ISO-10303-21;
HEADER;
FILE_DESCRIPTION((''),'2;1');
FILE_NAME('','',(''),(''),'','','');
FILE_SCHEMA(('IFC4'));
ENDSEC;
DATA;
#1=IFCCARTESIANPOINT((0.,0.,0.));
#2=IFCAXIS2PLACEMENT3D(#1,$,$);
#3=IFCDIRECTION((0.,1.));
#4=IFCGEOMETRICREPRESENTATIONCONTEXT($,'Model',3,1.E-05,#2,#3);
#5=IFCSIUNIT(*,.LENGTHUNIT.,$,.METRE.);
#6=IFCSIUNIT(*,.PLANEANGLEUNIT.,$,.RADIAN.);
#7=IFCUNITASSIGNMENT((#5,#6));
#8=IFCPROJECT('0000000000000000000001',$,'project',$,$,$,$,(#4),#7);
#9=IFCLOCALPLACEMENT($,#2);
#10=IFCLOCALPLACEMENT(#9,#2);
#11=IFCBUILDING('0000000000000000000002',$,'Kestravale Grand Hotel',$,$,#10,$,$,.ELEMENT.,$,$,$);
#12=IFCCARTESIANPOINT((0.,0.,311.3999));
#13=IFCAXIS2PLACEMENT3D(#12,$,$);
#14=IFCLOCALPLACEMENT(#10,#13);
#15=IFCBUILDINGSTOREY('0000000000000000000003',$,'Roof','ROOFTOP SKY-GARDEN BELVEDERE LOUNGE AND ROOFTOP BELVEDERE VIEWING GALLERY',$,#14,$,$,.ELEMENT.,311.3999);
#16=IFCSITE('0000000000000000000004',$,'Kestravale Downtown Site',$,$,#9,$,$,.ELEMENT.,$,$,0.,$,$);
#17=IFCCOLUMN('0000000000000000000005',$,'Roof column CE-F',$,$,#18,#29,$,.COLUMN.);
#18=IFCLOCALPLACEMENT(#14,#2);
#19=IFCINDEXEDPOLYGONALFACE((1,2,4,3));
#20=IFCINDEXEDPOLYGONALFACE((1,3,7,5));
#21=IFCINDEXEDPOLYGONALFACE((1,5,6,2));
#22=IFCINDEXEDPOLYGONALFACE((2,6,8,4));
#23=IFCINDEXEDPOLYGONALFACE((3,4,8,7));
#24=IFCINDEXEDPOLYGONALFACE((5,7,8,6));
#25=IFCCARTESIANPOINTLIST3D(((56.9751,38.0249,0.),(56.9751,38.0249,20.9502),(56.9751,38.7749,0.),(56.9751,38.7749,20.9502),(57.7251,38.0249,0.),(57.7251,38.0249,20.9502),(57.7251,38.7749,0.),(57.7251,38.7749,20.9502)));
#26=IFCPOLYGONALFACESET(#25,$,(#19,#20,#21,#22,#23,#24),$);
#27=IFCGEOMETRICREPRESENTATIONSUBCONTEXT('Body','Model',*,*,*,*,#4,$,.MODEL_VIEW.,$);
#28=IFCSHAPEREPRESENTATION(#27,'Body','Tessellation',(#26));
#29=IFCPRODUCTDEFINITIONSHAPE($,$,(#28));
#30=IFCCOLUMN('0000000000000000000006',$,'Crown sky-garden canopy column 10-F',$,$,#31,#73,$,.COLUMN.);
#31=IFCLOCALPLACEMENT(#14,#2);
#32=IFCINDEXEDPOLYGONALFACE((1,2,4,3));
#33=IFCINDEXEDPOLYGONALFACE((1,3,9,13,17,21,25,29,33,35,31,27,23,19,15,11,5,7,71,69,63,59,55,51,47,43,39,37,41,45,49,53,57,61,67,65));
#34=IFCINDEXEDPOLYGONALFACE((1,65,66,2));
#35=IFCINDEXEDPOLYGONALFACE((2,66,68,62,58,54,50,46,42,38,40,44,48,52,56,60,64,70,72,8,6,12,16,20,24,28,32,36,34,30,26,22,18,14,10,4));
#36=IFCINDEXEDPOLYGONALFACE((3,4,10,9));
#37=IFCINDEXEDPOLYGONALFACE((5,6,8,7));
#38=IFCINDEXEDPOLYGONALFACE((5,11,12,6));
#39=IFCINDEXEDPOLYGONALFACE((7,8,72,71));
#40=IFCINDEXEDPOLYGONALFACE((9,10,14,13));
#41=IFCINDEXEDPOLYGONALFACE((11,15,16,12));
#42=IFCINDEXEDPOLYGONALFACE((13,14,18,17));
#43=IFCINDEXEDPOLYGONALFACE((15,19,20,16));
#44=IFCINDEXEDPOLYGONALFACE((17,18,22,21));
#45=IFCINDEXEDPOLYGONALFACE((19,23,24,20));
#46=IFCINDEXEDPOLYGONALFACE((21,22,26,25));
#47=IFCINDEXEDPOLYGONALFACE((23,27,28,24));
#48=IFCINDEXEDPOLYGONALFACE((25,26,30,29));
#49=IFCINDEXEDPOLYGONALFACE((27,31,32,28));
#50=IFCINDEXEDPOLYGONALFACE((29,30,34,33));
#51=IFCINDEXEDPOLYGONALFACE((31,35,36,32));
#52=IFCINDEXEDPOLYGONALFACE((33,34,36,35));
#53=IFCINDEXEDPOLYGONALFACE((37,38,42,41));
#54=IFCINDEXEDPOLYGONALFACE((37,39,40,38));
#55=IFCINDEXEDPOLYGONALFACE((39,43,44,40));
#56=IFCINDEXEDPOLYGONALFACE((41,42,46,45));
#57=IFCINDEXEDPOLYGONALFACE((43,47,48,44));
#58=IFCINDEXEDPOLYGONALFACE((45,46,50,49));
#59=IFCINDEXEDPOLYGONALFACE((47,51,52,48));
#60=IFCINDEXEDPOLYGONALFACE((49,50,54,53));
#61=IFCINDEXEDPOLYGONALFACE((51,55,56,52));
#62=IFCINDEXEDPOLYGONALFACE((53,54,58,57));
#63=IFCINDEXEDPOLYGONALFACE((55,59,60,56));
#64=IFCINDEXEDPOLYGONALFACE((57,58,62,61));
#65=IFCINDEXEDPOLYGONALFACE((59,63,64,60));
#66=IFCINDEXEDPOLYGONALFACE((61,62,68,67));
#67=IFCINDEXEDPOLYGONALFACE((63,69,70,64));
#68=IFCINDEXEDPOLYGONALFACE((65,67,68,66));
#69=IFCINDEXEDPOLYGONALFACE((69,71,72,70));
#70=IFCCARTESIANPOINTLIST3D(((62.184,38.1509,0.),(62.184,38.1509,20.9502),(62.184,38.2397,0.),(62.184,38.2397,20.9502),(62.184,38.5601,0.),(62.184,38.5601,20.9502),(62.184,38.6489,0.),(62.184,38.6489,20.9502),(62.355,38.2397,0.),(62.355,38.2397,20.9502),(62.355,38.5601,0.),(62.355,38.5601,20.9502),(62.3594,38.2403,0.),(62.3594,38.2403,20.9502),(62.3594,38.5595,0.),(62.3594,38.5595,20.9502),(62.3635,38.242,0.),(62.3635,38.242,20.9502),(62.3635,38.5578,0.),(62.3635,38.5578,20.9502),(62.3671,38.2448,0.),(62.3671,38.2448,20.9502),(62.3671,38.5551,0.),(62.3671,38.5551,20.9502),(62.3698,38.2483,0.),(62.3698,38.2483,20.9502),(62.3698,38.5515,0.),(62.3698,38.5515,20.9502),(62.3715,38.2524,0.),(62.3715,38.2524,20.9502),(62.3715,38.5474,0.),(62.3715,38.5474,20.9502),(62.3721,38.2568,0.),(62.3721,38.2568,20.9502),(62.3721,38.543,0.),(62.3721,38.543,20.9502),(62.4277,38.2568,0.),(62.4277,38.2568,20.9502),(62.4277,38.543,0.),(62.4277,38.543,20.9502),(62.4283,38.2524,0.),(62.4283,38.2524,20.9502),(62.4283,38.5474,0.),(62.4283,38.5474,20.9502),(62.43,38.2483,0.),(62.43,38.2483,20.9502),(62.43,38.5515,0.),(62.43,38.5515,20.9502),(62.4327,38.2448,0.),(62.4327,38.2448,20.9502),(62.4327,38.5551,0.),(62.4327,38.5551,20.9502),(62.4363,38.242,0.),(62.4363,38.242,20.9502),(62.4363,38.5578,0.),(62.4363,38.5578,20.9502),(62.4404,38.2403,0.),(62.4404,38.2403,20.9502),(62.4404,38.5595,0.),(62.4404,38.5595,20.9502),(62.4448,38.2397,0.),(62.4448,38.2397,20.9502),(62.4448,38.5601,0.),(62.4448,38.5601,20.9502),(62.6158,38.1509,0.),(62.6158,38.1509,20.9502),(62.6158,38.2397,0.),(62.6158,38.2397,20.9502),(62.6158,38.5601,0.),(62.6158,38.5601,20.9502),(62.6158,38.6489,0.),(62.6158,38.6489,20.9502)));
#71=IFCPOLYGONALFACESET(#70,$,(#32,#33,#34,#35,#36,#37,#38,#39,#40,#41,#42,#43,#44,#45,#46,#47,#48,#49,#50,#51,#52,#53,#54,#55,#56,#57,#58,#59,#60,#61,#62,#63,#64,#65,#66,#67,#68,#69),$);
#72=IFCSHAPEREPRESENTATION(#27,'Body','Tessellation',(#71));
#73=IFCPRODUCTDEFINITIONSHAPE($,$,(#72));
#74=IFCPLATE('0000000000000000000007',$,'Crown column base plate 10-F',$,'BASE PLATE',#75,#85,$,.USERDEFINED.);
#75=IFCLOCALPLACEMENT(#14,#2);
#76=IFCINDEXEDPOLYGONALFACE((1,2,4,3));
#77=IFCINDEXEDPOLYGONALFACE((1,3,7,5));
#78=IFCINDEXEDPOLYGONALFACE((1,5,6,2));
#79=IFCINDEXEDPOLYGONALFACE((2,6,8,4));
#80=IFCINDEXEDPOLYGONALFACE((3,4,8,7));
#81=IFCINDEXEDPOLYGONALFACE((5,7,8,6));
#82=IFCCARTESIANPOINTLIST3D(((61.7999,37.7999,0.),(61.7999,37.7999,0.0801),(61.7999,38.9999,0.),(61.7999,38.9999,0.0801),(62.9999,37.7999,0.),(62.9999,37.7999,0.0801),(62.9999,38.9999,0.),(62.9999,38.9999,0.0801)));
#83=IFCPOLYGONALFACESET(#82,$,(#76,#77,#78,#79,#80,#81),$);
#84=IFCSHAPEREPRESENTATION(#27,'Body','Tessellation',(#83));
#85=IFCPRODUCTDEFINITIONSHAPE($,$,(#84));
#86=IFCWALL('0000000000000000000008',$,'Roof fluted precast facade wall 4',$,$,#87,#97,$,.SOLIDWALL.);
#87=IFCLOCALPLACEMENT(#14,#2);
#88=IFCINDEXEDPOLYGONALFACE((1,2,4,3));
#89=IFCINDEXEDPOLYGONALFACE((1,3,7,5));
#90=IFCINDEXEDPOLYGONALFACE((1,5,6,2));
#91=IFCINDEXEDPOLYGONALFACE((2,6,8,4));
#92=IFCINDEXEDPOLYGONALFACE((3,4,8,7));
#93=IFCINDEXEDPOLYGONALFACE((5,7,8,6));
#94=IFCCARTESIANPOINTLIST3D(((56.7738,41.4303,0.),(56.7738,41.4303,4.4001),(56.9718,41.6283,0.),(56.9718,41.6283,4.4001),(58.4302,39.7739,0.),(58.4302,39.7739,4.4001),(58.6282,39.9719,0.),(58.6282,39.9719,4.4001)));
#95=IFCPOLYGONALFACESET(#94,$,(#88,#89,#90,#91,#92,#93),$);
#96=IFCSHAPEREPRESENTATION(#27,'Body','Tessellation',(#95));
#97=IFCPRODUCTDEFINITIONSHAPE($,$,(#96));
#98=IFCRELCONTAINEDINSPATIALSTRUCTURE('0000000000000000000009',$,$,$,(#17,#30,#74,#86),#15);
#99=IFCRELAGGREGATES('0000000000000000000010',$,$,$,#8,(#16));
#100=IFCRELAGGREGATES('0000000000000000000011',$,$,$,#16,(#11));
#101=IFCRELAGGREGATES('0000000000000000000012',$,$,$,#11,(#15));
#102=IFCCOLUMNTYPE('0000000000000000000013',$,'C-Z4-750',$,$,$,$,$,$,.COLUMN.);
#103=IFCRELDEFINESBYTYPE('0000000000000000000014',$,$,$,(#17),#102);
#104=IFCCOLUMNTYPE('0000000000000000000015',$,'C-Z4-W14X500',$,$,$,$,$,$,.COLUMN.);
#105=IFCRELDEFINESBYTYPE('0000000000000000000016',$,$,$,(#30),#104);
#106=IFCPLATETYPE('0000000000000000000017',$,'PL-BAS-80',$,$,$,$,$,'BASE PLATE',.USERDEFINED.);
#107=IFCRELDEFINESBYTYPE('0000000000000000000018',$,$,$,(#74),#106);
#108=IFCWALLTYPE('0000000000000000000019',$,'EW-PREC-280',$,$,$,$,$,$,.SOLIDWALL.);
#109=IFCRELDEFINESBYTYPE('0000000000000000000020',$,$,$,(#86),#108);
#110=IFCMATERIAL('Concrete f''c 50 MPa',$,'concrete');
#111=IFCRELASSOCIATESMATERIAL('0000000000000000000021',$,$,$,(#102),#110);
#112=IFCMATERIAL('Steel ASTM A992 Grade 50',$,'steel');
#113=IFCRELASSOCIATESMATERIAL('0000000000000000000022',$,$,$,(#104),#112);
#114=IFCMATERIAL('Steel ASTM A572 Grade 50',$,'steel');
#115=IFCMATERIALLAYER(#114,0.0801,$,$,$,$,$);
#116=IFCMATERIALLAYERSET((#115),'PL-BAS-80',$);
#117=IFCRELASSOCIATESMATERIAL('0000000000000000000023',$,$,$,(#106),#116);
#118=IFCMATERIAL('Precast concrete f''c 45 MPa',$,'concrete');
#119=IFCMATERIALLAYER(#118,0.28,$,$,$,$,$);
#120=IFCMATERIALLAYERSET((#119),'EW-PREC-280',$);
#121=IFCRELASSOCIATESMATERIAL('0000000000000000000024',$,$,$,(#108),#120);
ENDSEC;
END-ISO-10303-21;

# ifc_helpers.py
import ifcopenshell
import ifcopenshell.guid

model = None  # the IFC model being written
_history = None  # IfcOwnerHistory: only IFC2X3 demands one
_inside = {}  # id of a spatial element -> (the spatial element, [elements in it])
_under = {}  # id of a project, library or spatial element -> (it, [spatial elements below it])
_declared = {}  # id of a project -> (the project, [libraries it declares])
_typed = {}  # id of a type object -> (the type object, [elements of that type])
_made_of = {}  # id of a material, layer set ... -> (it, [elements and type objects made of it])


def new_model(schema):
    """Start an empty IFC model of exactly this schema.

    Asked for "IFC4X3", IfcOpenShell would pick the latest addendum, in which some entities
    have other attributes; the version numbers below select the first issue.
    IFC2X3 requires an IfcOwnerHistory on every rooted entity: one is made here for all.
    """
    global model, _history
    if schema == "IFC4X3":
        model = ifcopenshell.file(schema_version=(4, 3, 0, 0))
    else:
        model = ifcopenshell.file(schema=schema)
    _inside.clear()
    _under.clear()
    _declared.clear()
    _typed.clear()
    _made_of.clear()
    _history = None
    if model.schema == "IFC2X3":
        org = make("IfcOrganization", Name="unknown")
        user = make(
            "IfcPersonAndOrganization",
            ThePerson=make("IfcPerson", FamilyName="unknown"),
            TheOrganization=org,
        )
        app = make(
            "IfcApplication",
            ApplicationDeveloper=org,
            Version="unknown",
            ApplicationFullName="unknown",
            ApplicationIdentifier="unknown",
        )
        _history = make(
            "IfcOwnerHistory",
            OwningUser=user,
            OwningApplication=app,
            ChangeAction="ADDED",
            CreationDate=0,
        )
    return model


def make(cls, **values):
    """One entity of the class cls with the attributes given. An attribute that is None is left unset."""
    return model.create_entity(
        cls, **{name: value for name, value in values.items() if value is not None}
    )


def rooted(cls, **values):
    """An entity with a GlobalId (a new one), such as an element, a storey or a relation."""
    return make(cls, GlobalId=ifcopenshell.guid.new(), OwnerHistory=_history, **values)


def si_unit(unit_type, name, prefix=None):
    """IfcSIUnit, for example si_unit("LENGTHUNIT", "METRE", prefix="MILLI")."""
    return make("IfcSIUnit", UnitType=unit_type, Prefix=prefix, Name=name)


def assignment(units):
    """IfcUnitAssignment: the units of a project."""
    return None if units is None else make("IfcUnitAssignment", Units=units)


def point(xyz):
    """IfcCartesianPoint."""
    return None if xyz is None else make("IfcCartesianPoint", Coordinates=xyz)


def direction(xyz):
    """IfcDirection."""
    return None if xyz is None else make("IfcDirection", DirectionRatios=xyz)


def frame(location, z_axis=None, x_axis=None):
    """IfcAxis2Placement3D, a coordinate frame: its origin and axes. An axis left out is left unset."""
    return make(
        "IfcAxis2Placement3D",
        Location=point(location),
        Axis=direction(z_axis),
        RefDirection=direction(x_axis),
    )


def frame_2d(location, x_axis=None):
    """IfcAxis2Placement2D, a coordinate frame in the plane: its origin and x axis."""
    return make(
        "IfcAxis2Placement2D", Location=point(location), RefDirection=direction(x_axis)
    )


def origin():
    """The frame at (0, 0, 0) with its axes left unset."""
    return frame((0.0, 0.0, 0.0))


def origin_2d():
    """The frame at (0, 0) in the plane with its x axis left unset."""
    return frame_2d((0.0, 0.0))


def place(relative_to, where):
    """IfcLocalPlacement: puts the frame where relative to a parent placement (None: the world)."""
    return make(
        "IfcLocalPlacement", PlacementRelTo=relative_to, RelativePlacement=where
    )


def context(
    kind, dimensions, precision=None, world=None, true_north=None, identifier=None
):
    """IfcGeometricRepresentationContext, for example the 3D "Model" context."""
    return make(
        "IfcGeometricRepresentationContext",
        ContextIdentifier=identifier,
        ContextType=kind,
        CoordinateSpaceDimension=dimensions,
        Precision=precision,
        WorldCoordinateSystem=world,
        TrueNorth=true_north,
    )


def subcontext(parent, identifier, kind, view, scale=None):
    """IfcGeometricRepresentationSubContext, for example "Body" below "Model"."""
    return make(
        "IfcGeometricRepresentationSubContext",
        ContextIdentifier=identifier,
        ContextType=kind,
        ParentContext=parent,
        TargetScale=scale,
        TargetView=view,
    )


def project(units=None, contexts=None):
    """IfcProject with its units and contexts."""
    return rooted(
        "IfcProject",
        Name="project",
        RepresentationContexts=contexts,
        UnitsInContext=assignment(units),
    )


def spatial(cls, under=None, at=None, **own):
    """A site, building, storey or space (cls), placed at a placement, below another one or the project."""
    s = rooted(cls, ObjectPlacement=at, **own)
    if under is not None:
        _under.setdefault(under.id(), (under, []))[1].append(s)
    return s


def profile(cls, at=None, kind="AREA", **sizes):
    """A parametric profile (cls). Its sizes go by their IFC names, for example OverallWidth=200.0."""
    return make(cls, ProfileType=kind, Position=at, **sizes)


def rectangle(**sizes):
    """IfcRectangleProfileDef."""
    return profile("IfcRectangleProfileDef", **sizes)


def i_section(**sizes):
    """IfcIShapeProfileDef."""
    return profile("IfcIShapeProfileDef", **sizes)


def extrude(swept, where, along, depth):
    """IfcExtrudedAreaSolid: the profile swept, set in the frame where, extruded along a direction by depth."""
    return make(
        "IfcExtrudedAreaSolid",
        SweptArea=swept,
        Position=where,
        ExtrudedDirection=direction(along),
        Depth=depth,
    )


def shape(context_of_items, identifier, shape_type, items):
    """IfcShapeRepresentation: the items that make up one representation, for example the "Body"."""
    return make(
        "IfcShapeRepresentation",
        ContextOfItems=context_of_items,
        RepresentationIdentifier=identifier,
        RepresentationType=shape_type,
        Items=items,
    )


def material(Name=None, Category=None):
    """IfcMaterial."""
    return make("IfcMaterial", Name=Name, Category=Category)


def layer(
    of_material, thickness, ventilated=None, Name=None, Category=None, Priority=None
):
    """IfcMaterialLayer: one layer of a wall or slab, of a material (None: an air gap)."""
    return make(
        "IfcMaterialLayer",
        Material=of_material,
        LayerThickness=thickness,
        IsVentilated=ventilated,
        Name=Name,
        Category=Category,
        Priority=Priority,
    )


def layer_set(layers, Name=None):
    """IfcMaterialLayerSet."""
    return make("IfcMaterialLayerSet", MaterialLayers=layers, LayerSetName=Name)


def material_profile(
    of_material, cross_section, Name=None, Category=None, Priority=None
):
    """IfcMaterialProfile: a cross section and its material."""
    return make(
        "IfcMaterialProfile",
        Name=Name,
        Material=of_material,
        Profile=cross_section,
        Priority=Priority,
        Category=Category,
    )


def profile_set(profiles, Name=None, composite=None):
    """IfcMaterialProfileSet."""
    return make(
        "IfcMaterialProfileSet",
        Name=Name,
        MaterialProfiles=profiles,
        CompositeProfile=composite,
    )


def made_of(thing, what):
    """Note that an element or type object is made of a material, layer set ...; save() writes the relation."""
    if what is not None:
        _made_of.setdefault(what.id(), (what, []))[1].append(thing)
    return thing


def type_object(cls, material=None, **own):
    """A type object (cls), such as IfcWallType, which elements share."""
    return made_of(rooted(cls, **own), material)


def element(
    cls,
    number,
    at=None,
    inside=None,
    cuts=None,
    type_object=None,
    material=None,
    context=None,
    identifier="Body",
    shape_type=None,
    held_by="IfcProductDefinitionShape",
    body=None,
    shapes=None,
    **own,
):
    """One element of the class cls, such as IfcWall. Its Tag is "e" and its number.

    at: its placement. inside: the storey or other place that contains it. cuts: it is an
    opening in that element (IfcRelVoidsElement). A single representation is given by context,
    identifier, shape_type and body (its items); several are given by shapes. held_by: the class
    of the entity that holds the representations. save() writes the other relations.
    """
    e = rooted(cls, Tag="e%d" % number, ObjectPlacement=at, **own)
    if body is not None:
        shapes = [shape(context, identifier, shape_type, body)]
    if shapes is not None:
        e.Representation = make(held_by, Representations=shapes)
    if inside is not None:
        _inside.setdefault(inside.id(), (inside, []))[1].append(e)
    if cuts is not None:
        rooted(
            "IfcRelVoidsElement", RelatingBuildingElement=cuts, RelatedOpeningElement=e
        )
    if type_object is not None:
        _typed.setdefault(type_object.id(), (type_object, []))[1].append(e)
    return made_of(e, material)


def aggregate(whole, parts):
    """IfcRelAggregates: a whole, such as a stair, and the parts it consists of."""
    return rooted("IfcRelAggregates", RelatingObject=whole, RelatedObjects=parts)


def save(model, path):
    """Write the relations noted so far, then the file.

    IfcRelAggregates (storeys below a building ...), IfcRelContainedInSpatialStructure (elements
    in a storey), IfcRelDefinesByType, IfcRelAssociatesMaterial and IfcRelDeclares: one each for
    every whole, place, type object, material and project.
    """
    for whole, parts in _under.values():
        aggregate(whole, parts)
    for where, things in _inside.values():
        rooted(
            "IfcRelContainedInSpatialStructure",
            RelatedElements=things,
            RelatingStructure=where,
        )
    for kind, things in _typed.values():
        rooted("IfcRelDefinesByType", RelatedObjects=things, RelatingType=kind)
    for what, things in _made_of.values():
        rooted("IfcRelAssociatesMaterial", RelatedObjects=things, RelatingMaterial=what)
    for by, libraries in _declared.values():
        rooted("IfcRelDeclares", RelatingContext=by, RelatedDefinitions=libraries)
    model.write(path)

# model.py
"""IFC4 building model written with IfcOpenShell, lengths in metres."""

from ifc_helpers import new_model, si_unit, direction, frame, frame_2d, origin, origin_2d, place, context, subcontext, project, spatial, rectangle, i_section, extrude, material, layer, layer_set, material_profile, profile_set, type_object, element, save


model = new_model("IFC4")

# Units and contexts
model_context = context("Model", 3, precision=1e-05, world=origin(), true_north=direction((0.0, 1.0)))
body_context = subcontext(model_context, "Body", "Model", "MODEL_VIEW")
ifc_project = project(units=[si_unit("LENGTHUNIT", "METRE"), si_unit("PLANEANGLEUNIT", "RADIAN")], contexts=[model_context])

# Site, building, storey
site_placement = place(None, origin())
site = spatial("IfcSite", under=ifc_project, at=site_placement, Name="Kestravale Downtown Site", CompositionType="ELEMENT", RefElevation=0.0)
building_placement = place(site_placement, origin())
building = spatial("IfcBuilding", under=site, at=building_placement, Name="Kestravale Grand Hotel", CompositionType="ELEMENT")
storey_placement = place(building_placement, frame((0.0, 0.0, 311.3999)))
storey = spatial("IfcBuildingStorey", under=building, at=storey_placement, Name="Roof", Description="ROOFTOP SKY-GARDEN BELVEDERE LOUNGE AND ROOFTOP BELVEDERE VIEWING GALLERY", CompositionType="ELEMENT", Elevation=311.3999)

# Columns
ifc_material_1 = material(Name="Concrete f'c 50 MPa", Category="concrete")
ifc_material_profile_1 = material_profile(ifc_material_1, rectangle(XDim=0.75, YDim=0.75, at=origin_2d()))
ifc_profile_set_1 = profile_set([ifc_material_profile_1], Name="Concrete f'c 50 MPa")
column_type_1 = type_object("IfcColumnType", Name="C-Z4-750", PredefinedType="COLUMN", material=ifc_profile_set_1)
column_1_placement = place(storey_placement, frame((57.3501, 38.3999, 0.0), z_axis=(0.0, 0.0, 1.0), x_axis=(1.0, 0.0, 0.0)))
element("IfcColumn", 1, at=column_1_placement, inside=storey, type_object=column_type_1, Name="Roof column CE-F", PredefinedType="COLUMN", context=body_context, shape_type="SweptSolid", body=[
    extrude(rectangle(XDim=0.75, YDim=0.75, at=origin_2d()), origin(), (0.0, 0.0, 1.0), 20.9502),
])
ifc_material_2 = material(Name="Steel ASTM A992 Grade 50", Category="steel")
ifc_material_profile_2 = material_profile(ifc_material_2, i_section(OverallWidth=0.4319, OverallDepth=0.498, WebThickness=0.0557, FlangeThickness=0.0889, FilletRadius=0.0171, at=origin_2d()))
ifc_profile_set_2 = profile_set([ifc_material_profile_2], Name="Steel ASTM A992 Grade 50")
column_type_2 = type_object("IfcColumnType", Name="C-Z4-W14X500", PredefinedType="COLUMN", material=ifc_profile_set_2)
column_2_placement = place(storey_placement, frame((62.3999, 38.3999, 0.0), z_axis=(0.0, 0.0, 1.0), x_axis=(1.0, 0.0, 0.0)))
element("IfcColumn", 2, at=column_2_placement, inside=storey, type_object=column_type_2, Name="Crown sky-garden canopy column 10-F", PredefinedType="COLUMN", context=body_context, shape_type="SweptSolid", body=[
    extrude(i_section(OverallWidth=0.4319, OverallDepth=0.498, WebThickness=0.0557, FlangeThickness=0.0889, FilletRadius=0.0171, at=origin_2d()), origin(), (0.0, 0.0, 1.0), 20.9502),
])

# Plate
ifc_material_3 = material(Name="Steel ASTM A572 Grade 50", Category="steel")
ifc_layer_1 = layer(ifc_material_3, 0.0801)
ifc_layer_set_1 = layer_set([ifc_layer_1], Name="PL-BAS-80")
plate_type = type_object("IfcPlateType", Name="PL-BAS-80", ElementType="BASE PLATE", PredefinedType="USERDEFINED", material=ifc_layer_set_1)
plate_placement = place(storey_placement, frame((62.3999, 38.3999, 0.0), z_axis=(0.0, 0.0, 1.0), x_axis=(1.0, 0.0, 0.0)))
element("IfcPlate", 3, at=plate_placement, inside=storey, type_object=plate_type, Name="Crown column base plate 10-F", ObjectType="BASE PLATE", PredefinedType="USERDEFINED", context=body_context, shape_type="SweptSolid", body=[
    extrude(rectangle(XDim=1.2, YDim=1.2, at=origin_2d()), origin(), (0.0, 0.0, 1.0), 0.0801),
])

# Wall
ifc_material_4 = material(Name="Precast concrete f'c 45 MPa", Category="concrete")
ifc_layer_2 = layer(ifc_material_4, 0.28)
ifc_layer_set_2 = layer_set([ifc_layer_2], Name="EW-PREC-280")
wall_type_1 = type_object("IfcWallType", Name="EW-PREC-280", PredefinedType="SOLIDWALL", material=ifc_layer_set_2)
wall_1_placement = place(storey_placement, frame((58.5293, 39.8728, 0.0), z_axis=(0.0, 0.0, 1.0), x_axis=(-0.707107, 0.707107, 0.0)))
element("IfcWall", 4, at=wall_1_placement, inside=storey, type_object=wall_type_1, Name="Roof fluted precast facade wall 4", PredefinedType="SOLIDWALL", context=body_context, shape_type="SweptSolid", body=[
    extrude(rectangle(XDim=2.3425, YDim=0.28, at=frame_2d((1.1714, 0.0))), origin(), (0.0, 0.0, 1.0), 4.4001),
])

save(model, "model.ifc")
